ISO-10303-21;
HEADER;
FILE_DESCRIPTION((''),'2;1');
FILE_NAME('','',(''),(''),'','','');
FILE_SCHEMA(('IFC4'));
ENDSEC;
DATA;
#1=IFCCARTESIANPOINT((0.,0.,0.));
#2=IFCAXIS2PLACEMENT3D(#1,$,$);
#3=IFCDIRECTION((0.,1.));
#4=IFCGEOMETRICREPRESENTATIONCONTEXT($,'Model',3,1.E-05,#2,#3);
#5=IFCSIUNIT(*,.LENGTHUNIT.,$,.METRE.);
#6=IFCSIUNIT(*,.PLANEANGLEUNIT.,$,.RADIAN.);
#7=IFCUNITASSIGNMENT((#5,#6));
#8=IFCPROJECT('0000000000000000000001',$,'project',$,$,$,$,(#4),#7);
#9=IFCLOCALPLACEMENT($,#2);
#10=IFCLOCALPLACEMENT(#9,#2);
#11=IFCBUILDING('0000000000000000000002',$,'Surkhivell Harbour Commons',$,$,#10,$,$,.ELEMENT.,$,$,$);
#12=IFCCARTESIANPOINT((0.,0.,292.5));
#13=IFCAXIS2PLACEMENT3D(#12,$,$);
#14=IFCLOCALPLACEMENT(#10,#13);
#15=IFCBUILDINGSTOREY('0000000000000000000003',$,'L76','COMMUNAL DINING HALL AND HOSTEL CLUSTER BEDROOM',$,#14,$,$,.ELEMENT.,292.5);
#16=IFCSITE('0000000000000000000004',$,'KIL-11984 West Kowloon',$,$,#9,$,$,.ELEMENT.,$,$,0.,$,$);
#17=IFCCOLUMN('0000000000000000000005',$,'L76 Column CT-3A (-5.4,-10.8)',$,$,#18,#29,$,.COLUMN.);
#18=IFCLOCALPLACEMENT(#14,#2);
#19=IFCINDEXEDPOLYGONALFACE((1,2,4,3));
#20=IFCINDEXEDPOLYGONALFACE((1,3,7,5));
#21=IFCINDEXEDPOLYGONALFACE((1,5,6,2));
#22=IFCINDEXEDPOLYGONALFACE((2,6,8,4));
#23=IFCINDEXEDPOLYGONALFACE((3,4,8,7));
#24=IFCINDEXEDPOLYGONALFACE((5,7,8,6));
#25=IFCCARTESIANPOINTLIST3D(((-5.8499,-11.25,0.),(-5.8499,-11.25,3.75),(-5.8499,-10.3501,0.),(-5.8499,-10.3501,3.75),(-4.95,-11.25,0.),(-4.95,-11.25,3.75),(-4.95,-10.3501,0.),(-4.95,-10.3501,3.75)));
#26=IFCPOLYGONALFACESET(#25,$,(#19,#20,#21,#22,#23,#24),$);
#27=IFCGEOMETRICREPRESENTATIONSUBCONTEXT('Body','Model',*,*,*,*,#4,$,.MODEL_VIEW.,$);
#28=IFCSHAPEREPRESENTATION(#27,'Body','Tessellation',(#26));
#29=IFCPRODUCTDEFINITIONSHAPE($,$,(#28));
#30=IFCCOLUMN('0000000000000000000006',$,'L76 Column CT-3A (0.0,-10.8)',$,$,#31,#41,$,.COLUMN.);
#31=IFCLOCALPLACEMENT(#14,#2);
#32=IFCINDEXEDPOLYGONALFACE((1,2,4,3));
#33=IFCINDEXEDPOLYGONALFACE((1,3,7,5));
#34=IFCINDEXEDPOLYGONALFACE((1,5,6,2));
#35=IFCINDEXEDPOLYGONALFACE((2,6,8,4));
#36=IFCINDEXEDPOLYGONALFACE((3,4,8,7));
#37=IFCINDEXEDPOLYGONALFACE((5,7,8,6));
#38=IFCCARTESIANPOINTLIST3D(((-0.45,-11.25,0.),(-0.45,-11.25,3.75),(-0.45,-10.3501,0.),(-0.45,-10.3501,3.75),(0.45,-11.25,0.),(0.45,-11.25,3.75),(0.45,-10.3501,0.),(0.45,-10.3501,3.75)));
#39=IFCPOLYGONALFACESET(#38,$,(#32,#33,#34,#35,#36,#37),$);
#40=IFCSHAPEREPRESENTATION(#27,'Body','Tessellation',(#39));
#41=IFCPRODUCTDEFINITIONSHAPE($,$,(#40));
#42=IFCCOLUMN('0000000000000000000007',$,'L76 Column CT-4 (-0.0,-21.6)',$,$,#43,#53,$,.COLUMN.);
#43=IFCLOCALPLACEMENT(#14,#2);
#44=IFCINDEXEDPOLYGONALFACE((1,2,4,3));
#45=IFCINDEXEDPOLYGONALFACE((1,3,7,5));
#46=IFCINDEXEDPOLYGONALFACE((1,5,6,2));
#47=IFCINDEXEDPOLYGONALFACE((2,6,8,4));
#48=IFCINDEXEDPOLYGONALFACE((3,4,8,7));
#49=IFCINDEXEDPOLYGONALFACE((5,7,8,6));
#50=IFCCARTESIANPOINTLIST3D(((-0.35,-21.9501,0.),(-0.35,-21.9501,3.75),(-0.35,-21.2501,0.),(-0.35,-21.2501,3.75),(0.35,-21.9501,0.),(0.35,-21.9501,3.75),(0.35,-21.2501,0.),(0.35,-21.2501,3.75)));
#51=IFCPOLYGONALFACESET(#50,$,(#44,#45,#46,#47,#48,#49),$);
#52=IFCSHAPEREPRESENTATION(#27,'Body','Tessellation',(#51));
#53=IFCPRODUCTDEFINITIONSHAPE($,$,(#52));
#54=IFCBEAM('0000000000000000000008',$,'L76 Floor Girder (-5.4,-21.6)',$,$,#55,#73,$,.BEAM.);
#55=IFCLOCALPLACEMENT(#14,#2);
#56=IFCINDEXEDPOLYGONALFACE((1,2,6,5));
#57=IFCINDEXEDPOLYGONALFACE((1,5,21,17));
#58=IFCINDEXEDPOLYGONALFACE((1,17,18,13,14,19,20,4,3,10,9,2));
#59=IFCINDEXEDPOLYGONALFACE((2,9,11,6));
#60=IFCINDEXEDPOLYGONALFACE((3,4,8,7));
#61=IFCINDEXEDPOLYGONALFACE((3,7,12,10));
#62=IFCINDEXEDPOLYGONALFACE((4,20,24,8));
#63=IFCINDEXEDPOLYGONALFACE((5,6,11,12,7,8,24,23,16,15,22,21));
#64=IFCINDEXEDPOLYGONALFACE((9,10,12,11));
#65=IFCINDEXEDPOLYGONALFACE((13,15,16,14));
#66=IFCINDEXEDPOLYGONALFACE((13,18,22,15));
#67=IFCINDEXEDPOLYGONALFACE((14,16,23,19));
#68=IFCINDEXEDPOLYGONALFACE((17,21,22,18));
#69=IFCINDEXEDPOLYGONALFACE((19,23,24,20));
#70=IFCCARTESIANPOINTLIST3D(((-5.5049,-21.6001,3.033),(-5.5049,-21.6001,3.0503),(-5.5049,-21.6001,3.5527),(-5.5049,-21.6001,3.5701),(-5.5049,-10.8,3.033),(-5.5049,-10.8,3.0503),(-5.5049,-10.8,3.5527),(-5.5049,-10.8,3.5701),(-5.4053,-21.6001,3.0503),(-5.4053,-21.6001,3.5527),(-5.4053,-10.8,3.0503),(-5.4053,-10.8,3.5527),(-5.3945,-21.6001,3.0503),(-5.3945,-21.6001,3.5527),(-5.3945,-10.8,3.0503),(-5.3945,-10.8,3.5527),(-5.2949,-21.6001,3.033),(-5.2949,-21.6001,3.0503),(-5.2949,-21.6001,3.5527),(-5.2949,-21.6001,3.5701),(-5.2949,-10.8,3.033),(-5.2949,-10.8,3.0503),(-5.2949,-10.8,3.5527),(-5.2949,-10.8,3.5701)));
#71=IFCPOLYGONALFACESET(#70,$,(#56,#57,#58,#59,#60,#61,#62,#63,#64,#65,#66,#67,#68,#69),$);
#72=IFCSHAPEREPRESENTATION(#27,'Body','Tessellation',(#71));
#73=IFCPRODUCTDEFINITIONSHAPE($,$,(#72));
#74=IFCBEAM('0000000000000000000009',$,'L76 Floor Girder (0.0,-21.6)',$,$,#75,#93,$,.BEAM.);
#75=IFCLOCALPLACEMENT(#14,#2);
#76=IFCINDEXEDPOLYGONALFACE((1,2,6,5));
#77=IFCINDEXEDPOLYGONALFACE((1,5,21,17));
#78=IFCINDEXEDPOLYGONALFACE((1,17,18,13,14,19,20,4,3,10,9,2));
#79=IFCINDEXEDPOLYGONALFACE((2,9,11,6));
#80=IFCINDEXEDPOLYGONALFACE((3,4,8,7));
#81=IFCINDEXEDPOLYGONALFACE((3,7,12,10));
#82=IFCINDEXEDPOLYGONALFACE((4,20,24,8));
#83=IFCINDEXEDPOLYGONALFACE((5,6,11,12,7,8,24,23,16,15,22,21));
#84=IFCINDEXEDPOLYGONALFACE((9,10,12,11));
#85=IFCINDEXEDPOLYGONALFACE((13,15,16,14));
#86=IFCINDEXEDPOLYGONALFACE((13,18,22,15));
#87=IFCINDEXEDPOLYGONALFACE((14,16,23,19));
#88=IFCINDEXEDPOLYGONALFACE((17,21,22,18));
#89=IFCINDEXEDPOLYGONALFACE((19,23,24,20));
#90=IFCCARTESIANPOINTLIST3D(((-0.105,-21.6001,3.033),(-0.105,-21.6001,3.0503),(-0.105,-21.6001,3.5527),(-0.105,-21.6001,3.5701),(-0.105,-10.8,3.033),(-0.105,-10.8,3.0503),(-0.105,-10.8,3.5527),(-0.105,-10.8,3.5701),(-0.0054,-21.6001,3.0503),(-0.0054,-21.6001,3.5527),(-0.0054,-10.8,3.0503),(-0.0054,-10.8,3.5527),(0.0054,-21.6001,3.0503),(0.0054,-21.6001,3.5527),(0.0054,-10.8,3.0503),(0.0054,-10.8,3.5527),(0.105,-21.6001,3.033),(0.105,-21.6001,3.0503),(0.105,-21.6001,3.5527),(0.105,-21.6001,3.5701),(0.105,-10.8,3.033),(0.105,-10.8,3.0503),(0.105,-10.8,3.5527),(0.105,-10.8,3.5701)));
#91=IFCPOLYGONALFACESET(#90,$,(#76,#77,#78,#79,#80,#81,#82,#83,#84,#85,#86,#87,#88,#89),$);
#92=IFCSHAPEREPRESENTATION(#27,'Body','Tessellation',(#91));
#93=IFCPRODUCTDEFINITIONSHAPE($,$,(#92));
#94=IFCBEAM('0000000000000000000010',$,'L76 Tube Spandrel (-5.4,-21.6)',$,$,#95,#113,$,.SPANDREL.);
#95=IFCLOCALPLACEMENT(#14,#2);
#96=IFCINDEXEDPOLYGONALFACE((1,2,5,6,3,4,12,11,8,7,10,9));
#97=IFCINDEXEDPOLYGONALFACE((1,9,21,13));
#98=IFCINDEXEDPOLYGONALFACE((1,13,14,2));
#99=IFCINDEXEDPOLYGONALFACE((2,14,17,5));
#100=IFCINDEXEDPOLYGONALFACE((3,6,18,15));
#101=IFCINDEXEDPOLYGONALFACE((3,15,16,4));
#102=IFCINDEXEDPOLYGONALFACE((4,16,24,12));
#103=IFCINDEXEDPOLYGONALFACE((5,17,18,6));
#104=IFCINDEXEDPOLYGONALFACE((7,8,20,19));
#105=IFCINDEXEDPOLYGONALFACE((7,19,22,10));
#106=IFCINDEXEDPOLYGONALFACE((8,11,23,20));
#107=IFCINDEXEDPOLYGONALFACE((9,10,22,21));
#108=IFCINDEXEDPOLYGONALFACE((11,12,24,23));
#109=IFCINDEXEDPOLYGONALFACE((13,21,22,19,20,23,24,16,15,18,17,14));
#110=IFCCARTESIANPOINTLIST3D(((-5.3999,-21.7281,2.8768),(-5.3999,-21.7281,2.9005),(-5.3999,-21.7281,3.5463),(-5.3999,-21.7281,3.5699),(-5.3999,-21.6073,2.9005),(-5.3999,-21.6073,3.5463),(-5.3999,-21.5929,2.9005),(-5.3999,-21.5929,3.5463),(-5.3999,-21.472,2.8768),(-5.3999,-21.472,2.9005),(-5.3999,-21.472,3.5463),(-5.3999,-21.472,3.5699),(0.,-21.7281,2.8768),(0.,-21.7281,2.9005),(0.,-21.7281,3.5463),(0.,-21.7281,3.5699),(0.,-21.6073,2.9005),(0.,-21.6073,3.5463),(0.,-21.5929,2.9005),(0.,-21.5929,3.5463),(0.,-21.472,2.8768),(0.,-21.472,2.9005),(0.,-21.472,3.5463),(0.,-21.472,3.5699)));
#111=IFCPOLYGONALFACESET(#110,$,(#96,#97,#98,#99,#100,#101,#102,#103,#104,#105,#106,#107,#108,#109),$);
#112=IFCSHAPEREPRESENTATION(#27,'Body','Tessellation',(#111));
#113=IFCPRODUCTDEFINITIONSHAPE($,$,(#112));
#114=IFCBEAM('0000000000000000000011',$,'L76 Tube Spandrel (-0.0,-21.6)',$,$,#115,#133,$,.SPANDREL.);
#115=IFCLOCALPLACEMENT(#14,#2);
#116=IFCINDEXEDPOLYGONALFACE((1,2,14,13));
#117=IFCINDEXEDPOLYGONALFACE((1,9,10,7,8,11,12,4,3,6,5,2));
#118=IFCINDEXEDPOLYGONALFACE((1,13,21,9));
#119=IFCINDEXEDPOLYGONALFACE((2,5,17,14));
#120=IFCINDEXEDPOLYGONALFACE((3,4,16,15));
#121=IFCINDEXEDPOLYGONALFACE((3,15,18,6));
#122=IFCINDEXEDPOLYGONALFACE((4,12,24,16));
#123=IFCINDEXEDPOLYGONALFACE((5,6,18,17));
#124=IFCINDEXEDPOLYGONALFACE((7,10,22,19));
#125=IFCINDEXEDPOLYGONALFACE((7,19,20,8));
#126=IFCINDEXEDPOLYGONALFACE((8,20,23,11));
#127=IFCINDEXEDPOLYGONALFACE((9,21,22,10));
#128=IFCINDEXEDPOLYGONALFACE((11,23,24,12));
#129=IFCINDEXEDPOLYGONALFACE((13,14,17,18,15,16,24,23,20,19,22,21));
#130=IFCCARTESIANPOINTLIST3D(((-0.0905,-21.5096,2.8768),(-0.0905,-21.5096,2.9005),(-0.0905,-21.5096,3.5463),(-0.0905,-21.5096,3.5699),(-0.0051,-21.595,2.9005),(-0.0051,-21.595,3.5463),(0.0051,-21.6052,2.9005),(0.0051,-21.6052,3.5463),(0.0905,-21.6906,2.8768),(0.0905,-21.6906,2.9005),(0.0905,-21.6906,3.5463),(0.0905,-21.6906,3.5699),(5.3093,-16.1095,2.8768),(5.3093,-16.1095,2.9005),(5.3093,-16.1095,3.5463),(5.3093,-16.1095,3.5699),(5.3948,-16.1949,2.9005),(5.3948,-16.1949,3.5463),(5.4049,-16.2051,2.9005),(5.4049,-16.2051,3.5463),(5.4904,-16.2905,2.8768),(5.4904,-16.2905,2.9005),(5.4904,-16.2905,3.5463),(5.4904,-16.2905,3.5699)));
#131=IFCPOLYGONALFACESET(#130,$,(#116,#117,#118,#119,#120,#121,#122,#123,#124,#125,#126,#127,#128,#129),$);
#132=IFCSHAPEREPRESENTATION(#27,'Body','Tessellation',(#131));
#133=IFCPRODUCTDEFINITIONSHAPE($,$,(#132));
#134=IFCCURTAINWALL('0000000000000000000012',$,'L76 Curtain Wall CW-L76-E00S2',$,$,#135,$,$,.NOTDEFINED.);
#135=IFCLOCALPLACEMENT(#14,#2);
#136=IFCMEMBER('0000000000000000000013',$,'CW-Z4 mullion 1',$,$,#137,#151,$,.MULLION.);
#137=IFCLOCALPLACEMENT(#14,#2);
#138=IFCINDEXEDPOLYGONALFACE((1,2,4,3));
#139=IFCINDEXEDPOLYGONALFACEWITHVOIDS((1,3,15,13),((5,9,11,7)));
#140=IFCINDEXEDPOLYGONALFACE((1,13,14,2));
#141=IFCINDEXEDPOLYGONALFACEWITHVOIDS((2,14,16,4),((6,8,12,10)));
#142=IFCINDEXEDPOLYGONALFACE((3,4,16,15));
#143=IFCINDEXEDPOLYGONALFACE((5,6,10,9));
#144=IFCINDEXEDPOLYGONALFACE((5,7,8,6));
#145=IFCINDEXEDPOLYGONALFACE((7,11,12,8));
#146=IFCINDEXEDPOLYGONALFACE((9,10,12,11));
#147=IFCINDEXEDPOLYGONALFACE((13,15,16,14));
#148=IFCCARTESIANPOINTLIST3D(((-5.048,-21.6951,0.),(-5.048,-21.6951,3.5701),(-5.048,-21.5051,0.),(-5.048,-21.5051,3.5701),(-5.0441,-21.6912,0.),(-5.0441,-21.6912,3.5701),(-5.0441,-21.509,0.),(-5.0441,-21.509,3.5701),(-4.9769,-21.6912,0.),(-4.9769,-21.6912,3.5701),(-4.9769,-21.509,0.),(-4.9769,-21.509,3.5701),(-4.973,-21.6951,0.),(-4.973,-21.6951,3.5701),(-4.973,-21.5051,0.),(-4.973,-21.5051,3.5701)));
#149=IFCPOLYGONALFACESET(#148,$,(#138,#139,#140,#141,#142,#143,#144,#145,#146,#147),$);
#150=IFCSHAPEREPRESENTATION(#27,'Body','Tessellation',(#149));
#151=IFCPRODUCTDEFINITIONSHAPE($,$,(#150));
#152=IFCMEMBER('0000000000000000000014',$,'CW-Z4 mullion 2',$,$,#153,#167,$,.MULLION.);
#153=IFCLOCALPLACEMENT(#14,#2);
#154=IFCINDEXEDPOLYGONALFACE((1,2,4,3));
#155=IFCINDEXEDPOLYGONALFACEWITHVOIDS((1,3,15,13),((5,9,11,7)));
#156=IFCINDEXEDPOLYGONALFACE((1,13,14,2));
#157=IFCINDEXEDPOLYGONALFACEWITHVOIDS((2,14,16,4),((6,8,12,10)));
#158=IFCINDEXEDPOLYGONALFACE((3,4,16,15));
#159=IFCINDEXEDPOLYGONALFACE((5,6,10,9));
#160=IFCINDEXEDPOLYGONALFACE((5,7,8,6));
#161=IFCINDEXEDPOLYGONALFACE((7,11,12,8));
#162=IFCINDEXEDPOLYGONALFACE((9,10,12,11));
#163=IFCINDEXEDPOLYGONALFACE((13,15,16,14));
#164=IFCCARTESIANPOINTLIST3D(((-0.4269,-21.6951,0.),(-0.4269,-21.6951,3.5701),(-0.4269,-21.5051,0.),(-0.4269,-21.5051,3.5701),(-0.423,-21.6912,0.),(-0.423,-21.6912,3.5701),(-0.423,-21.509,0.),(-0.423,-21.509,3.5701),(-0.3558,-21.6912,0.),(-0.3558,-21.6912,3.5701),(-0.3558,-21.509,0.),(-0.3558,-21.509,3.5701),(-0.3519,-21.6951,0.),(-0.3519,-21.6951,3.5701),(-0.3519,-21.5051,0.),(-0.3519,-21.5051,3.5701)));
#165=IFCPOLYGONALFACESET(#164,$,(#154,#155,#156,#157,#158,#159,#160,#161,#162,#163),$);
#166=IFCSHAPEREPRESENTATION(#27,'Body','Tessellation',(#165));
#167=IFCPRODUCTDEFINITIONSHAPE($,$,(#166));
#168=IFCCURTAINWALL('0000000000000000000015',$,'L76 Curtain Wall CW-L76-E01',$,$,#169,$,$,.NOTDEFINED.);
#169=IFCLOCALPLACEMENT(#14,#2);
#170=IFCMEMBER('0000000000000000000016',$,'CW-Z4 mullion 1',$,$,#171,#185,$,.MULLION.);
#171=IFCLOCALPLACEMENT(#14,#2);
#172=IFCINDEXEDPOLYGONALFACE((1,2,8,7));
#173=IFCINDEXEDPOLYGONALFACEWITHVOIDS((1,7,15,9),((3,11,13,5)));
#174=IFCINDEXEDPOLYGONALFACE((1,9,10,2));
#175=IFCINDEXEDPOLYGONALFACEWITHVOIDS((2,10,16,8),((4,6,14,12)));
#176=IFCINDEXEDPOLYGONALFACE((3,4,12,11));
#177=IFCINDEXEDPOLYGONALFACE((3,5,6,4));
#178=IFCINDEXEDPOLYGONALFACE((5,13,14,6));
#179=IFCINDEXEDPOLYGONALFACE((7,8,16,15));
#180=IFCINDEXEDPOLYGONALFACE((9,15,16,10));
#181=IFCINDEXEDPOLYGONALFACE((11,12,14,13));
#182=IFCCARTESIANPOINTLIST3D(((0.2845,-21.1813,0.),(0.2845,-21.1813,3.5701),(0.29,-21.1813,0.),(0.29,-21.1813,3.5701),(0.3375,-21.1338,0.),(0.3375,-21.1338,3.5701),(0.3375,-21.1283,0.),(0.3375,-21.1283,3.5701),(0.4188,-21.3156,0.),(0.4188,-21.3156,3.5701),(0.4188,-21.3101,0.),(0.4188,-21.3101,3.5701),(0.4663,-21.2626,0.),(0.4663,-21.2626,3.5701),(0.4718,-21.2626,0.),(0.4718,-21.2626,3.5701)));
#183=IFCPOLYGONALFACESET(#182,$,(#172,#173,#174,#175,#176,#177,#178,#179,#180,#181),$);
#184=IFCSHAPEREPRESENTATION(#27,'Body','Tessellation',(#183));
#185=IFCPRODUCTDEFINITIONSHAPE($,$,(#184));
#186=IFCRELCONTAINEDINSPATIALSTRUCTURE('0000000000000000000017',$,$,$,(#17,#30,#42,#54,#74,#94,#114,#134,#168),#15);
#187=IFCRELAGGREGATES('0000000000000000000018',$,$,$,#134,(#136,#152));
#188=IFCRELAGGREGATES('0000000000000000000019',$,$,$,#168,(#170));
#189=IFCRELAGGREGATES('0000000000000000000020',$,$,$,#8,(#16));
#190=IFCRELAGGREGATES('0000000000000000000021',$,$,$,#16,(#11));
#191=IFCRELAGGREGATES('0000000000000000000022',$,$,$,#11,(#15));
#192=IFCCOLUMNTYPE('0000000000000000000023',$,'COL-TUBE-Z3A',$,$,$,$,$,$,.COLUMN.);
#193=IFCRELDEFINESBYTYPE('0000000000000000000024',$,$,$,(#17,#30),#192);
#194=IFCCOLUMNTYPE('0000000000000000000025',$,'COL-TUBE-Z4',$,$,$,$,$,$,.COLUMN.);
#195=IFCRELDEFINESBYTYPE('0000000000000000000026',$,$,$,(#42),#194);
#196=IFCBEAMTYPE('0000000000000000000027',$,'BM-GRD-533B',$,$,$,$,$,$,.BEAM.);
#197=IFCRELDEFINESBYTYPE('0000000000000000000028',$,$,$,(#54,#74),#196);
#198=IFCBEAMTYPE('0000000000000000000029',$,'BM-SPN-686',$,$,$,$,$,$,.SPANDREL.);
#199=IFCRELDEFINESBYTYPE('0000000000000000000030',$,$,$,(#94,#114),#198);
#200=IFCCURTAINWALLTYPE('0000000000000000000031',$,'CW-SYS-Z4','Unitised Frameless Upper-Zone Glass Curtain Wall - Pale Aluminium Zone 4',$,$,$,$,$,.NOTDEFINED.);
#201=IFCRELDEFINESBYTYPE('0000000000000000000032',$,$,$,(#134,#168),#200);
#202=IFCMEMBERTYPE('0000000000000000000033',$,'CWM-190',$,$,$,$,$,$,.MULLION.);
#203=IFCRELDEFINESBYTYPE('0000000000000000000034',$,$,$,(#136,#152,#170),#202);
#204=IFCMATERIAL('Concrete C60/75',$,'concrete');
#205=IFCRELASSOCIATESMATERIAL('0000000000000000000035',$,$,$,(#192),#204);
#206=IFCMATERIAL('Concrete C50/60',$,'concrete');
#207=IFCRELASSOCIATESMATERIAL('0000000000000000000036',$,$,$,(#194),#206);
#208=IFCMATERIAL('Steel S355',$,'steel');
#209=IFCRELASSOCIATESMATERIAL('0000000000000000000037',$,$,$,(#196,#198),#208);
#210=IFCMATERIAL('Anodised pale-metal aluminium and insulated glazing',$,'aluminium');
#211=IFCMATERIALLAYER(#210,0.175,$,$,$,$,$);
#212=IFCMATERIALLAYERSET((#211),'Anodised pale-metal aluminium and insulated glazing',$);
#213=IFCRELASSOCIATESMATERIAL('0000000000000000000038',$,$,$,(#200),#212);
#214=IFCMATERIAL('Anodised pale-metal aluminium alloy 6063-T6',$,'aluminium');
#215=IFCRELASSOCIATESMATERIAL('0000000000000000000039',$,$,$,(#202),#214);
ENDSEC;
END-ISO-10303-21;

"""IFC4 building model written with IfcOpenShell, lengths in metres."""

from ifc_helpers import new_model, si_unit, direction, frame, origin, origin_2d, place, context, subcontext, project, spatial, rectangle, hollow_rectangle, i_section, extrude, material, layer, layer_set, material_profile, profile_set, type_object, element, aggregate, save


model = new_model("IFC4")

# Units and contexts
model_context = context("Model", 3, precision=1e-05, world=origin(), true_north=direction((0.0, 1.0)))
body_context = subcontext(model_context, "Body", "Model", "MODEL_VIEW")
ifc_project = project(units=[si_unit("LENGTHUNIT", "METRE"), si_unit("PLANEANGLEUNIT", "RADIAN")], contexts=[model_context])

# Site, building, storey
site_placement = place(None, origin())
site = spatial("IfcSite", under=ifc_project, at=site_placement, Name="KIL-11984 West Kowloon", CompositionType="ELEMENT", RefElevation=0.0)
building_placement = place(site_placement, origin())
building = spatial("IfcBuilding", under=site, at=building_placement, Name="Surkhivell Harbour Commons", CompositionType="ELEMENT")
storey_placement = place(building_placement, frame((0.0, 0.0, 292.5)))
storey = spatial("IfcBuildingStorey", under=building, at=storey_placement, Name="L76", Description="COMMUNAL DINING HALL AND HOSTEL CLUSTER BEDROOM", CompositionType="ELEMENT", Elevation=292.5)

# Columns
ifc_material_1 = material(Name="Concrete C60/75", Category="concrete")
ifc_material_profile_1 = material_profile(ifc_material_1, rectangle(XDim=0.8999, YDim=0.8999, at=origin_2d()), Name="RC-COL-900x900")
ifc_profile_set_1 = profile_set([ifc_material_profile_1], Name="Concrete C60/75")
column_type_1 = type_object("IfcColumnType", Name="COL-TUBE-Z3A", PredefinedType="COLUMN", material=ifc_profile_set_1)
for number, where, z_axis, x_axis, name in (
    (1, (-5.3999, -10.8, 0.0), (0.0, 0.0, 1.0), (1.0, 0.0, 0.0), "L76 Column CT-3A (-5.4,-10.8)"),
    (2, (0.0, -10.8, 0.0), (0.0, 0.0, 1.0), (1.0, 0.0, 0.0), "L76 Column CT-3A (0.0,-10.8)"),
):
    element("IfcColumn", number, at=place(storey_placement, frame(where, z_axis=z_axis, x_axis=x_axis)), inside=storey, type_object=column_type_1, Name=name, PredefinedType="COLUMN", context=body_context, shape_type="SweptSolid", body=[
        extrude(rectangle(XDim=0.8999, YDim=0.8999, at=origin_2d()), origin(), (0.0, 0.0, 1.0), 3.75),
    ])
ifc_material_2 = material(Name="Concrete C50/60", Category="concrete")
ifc_material_profile_2 = material_profile(ifc_material_2, rectangle(XDim=0.7, YDim=0.7, at=origin_2d()), Name="RC-COL-700x700")
ifc_profile_set_2 = profile_set([ifc_material_profile_2], Name="Concrete C50/60")
column_type_2 = type_object("IfcColumnType", Name="COL-TUBE-Z4", PredefinedType="COLUMN", material=ifc_profile_set_2)
column_placement = place(storey_placement, frame((0.0, -21.6001, 0.0), z_axis=(0.0, 0.0, 1.0), x_axis=(1.0, 0.0, 0.0)))
element("IfcColumn", 3, at=column_placement, inside=storey, type_object=column_type_2, Name="L76 Column CT-4 (-0.0,-21.6)", PredefinedType="COLUMN", context=body_context, shape_type="SweptSolid", body=[
    extrude(rectangle(XDim=0.7, YDim=0.7, at=origin_2d()), origin(), (0.0, 0.0, 1.0), 3.75),
])

# Beams
ifc_material_3 = material(Name="Steel S355", Category="steel")
ifc_material_profile_3 = material_profile(ifc_material_3, i_section(OverallWidth=0.21, OverallDepth=0.5371, WebThickness=0.0107, FlangeThickness=0.0173, at=origin_2d()), Name="UB533x210x101")
ifc_profile_set_3 = profile_set([ifc_material_profile_3], Name="Steel S355")
beam_type_1 = type_object("IfcBeamType", Name="BM-GRD-533B", PredefinedType="BEAM", material=ifc_profile_set_3)
for number, where, z_axis, x_axis, name in (
    (4, (-5.3999, -21.6001, 3.3015), (0.0, 1.0, 0.0), (-1.0, 0.0, 0.0), "L76 Floor Girder (-5.4,-21.6)"),
    (5, (0.0, -21.6001, 3.3015), (0.0, 1.0, 0.0), (-1.0, 0.0, 0.0), "L76 Floor Girder (0.0,-21.6)"),
):
    element("IfcBeam", number, at=place(storey_placement, frame(where, z_axis=z_axis, x_axis=x_axis)), inside=storey, type_object=beam_type_1, Name=name, PredefinedType="BEAM", context=body_context, shape_type="SweptSolid", body=[
        extrude(i_section(OverallWidth=0.21, OverallDepth=0.5371, WebThickness=0.0107, FlangeThickness=0.0173, at=origin_2d()), origin(), (0.0, 0.0, 1.0), 10.8),
    ])
ifc_material_profile_4 = material_profile(ifc_material_3, i_section(OverallWidth=0.2561, OverallDepth=0.6931, WebThickness=0.0144, FlangeThickness=0.0237, at=origin_2d()), Name="UB686x254x170")
ifc_profile_set_4 = profile_set([ifc_material_profile_4], Name="Steel S355")
beam_type_2 = type_object("IfcBeamType", Name="BM-SPN-686", PredefinedType="SPANDREL", material=ifc_profile_set_4)
beam_1_placement = place(storey_placement, frame((-5.3999, -21.6001, 3.2234), z_axis=(1.0, 0.0, 0.0), x_axis=(0.0, 1.0, 0.0)))
element("IfcBeam", 6, at=beam_1_placement, inside=storey, type_object=beam_type_2, Name="L76 Tube Spandrel (-5.4,-21.6)", PredefinedType="SPANDREL", context=body_context, shape_type="SweptSolid", body=[
    extrude(i_section(OverallWidth=0.2561, OverallDepth=0.6931, WebThickness=0.0144, FlangeThickness=0.0237, at=origin_2d()), origin(), (0.0, 0.0, 1.0), 5.3999),
])
beam_2_placement = place(storey_placement, frame((0.0, -21.6001, 3.2234), z_axis=(0.707091, 0.707123, 0.0), x_axis=(-0.707123, 0.707091, 0.0)))
element("IfcBeam", 7, at=beam_2_placement, inside=storey, type_object=beam_type_2, Name="L76 Tube Spandrel (-0.0,-21.6)", PredefinedType="SPANDREL", context=body_context, shape_type="SweptSolid", body=[
    extrude(i_section(OverallWidth=0.2561, OverallDepth=0.6931, WebThickness=0.0144, FlangeThickness=0.0237, at=origin_2d()), origin(), (0.0, 0.0, 1.0), 7.6367),
])

# Curtain wall, members
ifc_material_4 = material(Name="Anodised pale-metal aluminium and insulated glazing", Category="aluminium")
ifc_layer_1 = layer(ifc_material_4, 0.175)
ifc_layer_set_1 = layer_set([ifc_layer_1], Name="Anodised pale-metal aluminium and insulated glazing")
curtain_wall_type = type_object("IfcCurtainWallType", Name="CW-SYS-Z4", Description="Unitised Frameless Upper-Zone Glass Curtain Wall - Pale Aluminium Zone 4", PredefinedType="NOTDEFINED", material=ifc_layer_set_1)
curtain_wall_1_placement = place(storey_placement, origin())
curtain_wall_1 = element("IfcCurtainWall", 8, at=curtain_wall_1_placement, inside=storey, type_object=curtain_wall_type, Name="L76 Curtain Wall CW-L76-E00S2", PredefinedType="NOTDEFINED")
ifc_material_5 = material(Name="Anodised pale-metal aluminium alloy 6063-T6", Category="aluminium")
ifc_material_profile_5 = material_profile(ifc_material_5, hollow_rectangle(XDim=0.075, YDim=0.1899, WallThickness=0.0039, at=origin_2d()), Name="ALU-MULL-75x190")
ifc_profile_set_5 = profile_set([ifc_material_profile_5], Name="Anodised pale-metal aluminium alloy 6063-T6")
member_type_1 = type_object("IfcMemberType", Name="CWM-190", PredefinedType="MULLION", material=ifc_profile_set_5)
member_1_placement = place(storey_placement, frame((-5.0105, -21.6001, 0.0), z_axis=(0.0, 0.0, 1.0), x_axis=(1.0, 0.0, 0.0)))
member_1 = element("IfcMember", 9, at=member_1_placement, type_object=member_type_1, Name="CW-Z4 mullion 1", PredefinedType="MULLION", context=body_context, shape_type="SweptSolid", body=[
    extrude(hollow_rectangle(XDim=0.075, YDim=0.1899, WallThickness=0.0039, at=origin_2d()), origin(), (0.0, 0.0, 1.0), 3.5701),
])
member_2_placement = place(storey_placement, frame((-0.3894, -21.6001, 0.0), z_axis=(0.0, 0.0, 1.0), x_axis=(1.0, 0.0, 0.0)))
member_2 = element("IfcMember", 10, at=member_2_placement, type_object=member_type_1, Name="CW-Z4 mullion 2", PredefinedType="MULLION", context=body_context, shape_type="SweptSolid", body=[
    extrude(hollow_rectangle(XDim=0.075, YDim=0.1899, WallThickness=0.0039, at=origin_2d()), origin(), (0.0, 0.0, 1.0), 3.5701),
])

# Curtain wall, member
curtain_wall_2_placement = place(storey_placement, origin())
curtain_wall_2 = element("IfcCurtainWall", 11, at=curtain_wall_2_placement, inside=storey, type_object=curtain_wall_type, Name="L76 Curtain Wall CW-L76-E01", PredefinedType="NOTDEFINED")
member_3_placement = place(storey_placement, frame((0.3782, -21.2219, 0.0), z_axis=(0.0, 0.0, 1.0), x_axis=(0.707107, 0.707107, 0.0)))
member_3 = element("IfcMember", 12, at=member_3_placement, type_object=member_type_1, Name="CW-Z4 mullion 1", PredefinedType="MULLION", context=body_context, shape_type="SweptSolid", body=[
    extrude(hollow_rectangle(XDim=0.075, YDim=0.1899, WallThickness=0.0039, at=origin_2d()), origin(), (0.0, 0.0, 1.0), 3.5701),
])

aggregate(curtain_wall_1, [member_1, member_2])
aggregate(curtain_wall_2, [member_3])

save(model, "model.ifc")
